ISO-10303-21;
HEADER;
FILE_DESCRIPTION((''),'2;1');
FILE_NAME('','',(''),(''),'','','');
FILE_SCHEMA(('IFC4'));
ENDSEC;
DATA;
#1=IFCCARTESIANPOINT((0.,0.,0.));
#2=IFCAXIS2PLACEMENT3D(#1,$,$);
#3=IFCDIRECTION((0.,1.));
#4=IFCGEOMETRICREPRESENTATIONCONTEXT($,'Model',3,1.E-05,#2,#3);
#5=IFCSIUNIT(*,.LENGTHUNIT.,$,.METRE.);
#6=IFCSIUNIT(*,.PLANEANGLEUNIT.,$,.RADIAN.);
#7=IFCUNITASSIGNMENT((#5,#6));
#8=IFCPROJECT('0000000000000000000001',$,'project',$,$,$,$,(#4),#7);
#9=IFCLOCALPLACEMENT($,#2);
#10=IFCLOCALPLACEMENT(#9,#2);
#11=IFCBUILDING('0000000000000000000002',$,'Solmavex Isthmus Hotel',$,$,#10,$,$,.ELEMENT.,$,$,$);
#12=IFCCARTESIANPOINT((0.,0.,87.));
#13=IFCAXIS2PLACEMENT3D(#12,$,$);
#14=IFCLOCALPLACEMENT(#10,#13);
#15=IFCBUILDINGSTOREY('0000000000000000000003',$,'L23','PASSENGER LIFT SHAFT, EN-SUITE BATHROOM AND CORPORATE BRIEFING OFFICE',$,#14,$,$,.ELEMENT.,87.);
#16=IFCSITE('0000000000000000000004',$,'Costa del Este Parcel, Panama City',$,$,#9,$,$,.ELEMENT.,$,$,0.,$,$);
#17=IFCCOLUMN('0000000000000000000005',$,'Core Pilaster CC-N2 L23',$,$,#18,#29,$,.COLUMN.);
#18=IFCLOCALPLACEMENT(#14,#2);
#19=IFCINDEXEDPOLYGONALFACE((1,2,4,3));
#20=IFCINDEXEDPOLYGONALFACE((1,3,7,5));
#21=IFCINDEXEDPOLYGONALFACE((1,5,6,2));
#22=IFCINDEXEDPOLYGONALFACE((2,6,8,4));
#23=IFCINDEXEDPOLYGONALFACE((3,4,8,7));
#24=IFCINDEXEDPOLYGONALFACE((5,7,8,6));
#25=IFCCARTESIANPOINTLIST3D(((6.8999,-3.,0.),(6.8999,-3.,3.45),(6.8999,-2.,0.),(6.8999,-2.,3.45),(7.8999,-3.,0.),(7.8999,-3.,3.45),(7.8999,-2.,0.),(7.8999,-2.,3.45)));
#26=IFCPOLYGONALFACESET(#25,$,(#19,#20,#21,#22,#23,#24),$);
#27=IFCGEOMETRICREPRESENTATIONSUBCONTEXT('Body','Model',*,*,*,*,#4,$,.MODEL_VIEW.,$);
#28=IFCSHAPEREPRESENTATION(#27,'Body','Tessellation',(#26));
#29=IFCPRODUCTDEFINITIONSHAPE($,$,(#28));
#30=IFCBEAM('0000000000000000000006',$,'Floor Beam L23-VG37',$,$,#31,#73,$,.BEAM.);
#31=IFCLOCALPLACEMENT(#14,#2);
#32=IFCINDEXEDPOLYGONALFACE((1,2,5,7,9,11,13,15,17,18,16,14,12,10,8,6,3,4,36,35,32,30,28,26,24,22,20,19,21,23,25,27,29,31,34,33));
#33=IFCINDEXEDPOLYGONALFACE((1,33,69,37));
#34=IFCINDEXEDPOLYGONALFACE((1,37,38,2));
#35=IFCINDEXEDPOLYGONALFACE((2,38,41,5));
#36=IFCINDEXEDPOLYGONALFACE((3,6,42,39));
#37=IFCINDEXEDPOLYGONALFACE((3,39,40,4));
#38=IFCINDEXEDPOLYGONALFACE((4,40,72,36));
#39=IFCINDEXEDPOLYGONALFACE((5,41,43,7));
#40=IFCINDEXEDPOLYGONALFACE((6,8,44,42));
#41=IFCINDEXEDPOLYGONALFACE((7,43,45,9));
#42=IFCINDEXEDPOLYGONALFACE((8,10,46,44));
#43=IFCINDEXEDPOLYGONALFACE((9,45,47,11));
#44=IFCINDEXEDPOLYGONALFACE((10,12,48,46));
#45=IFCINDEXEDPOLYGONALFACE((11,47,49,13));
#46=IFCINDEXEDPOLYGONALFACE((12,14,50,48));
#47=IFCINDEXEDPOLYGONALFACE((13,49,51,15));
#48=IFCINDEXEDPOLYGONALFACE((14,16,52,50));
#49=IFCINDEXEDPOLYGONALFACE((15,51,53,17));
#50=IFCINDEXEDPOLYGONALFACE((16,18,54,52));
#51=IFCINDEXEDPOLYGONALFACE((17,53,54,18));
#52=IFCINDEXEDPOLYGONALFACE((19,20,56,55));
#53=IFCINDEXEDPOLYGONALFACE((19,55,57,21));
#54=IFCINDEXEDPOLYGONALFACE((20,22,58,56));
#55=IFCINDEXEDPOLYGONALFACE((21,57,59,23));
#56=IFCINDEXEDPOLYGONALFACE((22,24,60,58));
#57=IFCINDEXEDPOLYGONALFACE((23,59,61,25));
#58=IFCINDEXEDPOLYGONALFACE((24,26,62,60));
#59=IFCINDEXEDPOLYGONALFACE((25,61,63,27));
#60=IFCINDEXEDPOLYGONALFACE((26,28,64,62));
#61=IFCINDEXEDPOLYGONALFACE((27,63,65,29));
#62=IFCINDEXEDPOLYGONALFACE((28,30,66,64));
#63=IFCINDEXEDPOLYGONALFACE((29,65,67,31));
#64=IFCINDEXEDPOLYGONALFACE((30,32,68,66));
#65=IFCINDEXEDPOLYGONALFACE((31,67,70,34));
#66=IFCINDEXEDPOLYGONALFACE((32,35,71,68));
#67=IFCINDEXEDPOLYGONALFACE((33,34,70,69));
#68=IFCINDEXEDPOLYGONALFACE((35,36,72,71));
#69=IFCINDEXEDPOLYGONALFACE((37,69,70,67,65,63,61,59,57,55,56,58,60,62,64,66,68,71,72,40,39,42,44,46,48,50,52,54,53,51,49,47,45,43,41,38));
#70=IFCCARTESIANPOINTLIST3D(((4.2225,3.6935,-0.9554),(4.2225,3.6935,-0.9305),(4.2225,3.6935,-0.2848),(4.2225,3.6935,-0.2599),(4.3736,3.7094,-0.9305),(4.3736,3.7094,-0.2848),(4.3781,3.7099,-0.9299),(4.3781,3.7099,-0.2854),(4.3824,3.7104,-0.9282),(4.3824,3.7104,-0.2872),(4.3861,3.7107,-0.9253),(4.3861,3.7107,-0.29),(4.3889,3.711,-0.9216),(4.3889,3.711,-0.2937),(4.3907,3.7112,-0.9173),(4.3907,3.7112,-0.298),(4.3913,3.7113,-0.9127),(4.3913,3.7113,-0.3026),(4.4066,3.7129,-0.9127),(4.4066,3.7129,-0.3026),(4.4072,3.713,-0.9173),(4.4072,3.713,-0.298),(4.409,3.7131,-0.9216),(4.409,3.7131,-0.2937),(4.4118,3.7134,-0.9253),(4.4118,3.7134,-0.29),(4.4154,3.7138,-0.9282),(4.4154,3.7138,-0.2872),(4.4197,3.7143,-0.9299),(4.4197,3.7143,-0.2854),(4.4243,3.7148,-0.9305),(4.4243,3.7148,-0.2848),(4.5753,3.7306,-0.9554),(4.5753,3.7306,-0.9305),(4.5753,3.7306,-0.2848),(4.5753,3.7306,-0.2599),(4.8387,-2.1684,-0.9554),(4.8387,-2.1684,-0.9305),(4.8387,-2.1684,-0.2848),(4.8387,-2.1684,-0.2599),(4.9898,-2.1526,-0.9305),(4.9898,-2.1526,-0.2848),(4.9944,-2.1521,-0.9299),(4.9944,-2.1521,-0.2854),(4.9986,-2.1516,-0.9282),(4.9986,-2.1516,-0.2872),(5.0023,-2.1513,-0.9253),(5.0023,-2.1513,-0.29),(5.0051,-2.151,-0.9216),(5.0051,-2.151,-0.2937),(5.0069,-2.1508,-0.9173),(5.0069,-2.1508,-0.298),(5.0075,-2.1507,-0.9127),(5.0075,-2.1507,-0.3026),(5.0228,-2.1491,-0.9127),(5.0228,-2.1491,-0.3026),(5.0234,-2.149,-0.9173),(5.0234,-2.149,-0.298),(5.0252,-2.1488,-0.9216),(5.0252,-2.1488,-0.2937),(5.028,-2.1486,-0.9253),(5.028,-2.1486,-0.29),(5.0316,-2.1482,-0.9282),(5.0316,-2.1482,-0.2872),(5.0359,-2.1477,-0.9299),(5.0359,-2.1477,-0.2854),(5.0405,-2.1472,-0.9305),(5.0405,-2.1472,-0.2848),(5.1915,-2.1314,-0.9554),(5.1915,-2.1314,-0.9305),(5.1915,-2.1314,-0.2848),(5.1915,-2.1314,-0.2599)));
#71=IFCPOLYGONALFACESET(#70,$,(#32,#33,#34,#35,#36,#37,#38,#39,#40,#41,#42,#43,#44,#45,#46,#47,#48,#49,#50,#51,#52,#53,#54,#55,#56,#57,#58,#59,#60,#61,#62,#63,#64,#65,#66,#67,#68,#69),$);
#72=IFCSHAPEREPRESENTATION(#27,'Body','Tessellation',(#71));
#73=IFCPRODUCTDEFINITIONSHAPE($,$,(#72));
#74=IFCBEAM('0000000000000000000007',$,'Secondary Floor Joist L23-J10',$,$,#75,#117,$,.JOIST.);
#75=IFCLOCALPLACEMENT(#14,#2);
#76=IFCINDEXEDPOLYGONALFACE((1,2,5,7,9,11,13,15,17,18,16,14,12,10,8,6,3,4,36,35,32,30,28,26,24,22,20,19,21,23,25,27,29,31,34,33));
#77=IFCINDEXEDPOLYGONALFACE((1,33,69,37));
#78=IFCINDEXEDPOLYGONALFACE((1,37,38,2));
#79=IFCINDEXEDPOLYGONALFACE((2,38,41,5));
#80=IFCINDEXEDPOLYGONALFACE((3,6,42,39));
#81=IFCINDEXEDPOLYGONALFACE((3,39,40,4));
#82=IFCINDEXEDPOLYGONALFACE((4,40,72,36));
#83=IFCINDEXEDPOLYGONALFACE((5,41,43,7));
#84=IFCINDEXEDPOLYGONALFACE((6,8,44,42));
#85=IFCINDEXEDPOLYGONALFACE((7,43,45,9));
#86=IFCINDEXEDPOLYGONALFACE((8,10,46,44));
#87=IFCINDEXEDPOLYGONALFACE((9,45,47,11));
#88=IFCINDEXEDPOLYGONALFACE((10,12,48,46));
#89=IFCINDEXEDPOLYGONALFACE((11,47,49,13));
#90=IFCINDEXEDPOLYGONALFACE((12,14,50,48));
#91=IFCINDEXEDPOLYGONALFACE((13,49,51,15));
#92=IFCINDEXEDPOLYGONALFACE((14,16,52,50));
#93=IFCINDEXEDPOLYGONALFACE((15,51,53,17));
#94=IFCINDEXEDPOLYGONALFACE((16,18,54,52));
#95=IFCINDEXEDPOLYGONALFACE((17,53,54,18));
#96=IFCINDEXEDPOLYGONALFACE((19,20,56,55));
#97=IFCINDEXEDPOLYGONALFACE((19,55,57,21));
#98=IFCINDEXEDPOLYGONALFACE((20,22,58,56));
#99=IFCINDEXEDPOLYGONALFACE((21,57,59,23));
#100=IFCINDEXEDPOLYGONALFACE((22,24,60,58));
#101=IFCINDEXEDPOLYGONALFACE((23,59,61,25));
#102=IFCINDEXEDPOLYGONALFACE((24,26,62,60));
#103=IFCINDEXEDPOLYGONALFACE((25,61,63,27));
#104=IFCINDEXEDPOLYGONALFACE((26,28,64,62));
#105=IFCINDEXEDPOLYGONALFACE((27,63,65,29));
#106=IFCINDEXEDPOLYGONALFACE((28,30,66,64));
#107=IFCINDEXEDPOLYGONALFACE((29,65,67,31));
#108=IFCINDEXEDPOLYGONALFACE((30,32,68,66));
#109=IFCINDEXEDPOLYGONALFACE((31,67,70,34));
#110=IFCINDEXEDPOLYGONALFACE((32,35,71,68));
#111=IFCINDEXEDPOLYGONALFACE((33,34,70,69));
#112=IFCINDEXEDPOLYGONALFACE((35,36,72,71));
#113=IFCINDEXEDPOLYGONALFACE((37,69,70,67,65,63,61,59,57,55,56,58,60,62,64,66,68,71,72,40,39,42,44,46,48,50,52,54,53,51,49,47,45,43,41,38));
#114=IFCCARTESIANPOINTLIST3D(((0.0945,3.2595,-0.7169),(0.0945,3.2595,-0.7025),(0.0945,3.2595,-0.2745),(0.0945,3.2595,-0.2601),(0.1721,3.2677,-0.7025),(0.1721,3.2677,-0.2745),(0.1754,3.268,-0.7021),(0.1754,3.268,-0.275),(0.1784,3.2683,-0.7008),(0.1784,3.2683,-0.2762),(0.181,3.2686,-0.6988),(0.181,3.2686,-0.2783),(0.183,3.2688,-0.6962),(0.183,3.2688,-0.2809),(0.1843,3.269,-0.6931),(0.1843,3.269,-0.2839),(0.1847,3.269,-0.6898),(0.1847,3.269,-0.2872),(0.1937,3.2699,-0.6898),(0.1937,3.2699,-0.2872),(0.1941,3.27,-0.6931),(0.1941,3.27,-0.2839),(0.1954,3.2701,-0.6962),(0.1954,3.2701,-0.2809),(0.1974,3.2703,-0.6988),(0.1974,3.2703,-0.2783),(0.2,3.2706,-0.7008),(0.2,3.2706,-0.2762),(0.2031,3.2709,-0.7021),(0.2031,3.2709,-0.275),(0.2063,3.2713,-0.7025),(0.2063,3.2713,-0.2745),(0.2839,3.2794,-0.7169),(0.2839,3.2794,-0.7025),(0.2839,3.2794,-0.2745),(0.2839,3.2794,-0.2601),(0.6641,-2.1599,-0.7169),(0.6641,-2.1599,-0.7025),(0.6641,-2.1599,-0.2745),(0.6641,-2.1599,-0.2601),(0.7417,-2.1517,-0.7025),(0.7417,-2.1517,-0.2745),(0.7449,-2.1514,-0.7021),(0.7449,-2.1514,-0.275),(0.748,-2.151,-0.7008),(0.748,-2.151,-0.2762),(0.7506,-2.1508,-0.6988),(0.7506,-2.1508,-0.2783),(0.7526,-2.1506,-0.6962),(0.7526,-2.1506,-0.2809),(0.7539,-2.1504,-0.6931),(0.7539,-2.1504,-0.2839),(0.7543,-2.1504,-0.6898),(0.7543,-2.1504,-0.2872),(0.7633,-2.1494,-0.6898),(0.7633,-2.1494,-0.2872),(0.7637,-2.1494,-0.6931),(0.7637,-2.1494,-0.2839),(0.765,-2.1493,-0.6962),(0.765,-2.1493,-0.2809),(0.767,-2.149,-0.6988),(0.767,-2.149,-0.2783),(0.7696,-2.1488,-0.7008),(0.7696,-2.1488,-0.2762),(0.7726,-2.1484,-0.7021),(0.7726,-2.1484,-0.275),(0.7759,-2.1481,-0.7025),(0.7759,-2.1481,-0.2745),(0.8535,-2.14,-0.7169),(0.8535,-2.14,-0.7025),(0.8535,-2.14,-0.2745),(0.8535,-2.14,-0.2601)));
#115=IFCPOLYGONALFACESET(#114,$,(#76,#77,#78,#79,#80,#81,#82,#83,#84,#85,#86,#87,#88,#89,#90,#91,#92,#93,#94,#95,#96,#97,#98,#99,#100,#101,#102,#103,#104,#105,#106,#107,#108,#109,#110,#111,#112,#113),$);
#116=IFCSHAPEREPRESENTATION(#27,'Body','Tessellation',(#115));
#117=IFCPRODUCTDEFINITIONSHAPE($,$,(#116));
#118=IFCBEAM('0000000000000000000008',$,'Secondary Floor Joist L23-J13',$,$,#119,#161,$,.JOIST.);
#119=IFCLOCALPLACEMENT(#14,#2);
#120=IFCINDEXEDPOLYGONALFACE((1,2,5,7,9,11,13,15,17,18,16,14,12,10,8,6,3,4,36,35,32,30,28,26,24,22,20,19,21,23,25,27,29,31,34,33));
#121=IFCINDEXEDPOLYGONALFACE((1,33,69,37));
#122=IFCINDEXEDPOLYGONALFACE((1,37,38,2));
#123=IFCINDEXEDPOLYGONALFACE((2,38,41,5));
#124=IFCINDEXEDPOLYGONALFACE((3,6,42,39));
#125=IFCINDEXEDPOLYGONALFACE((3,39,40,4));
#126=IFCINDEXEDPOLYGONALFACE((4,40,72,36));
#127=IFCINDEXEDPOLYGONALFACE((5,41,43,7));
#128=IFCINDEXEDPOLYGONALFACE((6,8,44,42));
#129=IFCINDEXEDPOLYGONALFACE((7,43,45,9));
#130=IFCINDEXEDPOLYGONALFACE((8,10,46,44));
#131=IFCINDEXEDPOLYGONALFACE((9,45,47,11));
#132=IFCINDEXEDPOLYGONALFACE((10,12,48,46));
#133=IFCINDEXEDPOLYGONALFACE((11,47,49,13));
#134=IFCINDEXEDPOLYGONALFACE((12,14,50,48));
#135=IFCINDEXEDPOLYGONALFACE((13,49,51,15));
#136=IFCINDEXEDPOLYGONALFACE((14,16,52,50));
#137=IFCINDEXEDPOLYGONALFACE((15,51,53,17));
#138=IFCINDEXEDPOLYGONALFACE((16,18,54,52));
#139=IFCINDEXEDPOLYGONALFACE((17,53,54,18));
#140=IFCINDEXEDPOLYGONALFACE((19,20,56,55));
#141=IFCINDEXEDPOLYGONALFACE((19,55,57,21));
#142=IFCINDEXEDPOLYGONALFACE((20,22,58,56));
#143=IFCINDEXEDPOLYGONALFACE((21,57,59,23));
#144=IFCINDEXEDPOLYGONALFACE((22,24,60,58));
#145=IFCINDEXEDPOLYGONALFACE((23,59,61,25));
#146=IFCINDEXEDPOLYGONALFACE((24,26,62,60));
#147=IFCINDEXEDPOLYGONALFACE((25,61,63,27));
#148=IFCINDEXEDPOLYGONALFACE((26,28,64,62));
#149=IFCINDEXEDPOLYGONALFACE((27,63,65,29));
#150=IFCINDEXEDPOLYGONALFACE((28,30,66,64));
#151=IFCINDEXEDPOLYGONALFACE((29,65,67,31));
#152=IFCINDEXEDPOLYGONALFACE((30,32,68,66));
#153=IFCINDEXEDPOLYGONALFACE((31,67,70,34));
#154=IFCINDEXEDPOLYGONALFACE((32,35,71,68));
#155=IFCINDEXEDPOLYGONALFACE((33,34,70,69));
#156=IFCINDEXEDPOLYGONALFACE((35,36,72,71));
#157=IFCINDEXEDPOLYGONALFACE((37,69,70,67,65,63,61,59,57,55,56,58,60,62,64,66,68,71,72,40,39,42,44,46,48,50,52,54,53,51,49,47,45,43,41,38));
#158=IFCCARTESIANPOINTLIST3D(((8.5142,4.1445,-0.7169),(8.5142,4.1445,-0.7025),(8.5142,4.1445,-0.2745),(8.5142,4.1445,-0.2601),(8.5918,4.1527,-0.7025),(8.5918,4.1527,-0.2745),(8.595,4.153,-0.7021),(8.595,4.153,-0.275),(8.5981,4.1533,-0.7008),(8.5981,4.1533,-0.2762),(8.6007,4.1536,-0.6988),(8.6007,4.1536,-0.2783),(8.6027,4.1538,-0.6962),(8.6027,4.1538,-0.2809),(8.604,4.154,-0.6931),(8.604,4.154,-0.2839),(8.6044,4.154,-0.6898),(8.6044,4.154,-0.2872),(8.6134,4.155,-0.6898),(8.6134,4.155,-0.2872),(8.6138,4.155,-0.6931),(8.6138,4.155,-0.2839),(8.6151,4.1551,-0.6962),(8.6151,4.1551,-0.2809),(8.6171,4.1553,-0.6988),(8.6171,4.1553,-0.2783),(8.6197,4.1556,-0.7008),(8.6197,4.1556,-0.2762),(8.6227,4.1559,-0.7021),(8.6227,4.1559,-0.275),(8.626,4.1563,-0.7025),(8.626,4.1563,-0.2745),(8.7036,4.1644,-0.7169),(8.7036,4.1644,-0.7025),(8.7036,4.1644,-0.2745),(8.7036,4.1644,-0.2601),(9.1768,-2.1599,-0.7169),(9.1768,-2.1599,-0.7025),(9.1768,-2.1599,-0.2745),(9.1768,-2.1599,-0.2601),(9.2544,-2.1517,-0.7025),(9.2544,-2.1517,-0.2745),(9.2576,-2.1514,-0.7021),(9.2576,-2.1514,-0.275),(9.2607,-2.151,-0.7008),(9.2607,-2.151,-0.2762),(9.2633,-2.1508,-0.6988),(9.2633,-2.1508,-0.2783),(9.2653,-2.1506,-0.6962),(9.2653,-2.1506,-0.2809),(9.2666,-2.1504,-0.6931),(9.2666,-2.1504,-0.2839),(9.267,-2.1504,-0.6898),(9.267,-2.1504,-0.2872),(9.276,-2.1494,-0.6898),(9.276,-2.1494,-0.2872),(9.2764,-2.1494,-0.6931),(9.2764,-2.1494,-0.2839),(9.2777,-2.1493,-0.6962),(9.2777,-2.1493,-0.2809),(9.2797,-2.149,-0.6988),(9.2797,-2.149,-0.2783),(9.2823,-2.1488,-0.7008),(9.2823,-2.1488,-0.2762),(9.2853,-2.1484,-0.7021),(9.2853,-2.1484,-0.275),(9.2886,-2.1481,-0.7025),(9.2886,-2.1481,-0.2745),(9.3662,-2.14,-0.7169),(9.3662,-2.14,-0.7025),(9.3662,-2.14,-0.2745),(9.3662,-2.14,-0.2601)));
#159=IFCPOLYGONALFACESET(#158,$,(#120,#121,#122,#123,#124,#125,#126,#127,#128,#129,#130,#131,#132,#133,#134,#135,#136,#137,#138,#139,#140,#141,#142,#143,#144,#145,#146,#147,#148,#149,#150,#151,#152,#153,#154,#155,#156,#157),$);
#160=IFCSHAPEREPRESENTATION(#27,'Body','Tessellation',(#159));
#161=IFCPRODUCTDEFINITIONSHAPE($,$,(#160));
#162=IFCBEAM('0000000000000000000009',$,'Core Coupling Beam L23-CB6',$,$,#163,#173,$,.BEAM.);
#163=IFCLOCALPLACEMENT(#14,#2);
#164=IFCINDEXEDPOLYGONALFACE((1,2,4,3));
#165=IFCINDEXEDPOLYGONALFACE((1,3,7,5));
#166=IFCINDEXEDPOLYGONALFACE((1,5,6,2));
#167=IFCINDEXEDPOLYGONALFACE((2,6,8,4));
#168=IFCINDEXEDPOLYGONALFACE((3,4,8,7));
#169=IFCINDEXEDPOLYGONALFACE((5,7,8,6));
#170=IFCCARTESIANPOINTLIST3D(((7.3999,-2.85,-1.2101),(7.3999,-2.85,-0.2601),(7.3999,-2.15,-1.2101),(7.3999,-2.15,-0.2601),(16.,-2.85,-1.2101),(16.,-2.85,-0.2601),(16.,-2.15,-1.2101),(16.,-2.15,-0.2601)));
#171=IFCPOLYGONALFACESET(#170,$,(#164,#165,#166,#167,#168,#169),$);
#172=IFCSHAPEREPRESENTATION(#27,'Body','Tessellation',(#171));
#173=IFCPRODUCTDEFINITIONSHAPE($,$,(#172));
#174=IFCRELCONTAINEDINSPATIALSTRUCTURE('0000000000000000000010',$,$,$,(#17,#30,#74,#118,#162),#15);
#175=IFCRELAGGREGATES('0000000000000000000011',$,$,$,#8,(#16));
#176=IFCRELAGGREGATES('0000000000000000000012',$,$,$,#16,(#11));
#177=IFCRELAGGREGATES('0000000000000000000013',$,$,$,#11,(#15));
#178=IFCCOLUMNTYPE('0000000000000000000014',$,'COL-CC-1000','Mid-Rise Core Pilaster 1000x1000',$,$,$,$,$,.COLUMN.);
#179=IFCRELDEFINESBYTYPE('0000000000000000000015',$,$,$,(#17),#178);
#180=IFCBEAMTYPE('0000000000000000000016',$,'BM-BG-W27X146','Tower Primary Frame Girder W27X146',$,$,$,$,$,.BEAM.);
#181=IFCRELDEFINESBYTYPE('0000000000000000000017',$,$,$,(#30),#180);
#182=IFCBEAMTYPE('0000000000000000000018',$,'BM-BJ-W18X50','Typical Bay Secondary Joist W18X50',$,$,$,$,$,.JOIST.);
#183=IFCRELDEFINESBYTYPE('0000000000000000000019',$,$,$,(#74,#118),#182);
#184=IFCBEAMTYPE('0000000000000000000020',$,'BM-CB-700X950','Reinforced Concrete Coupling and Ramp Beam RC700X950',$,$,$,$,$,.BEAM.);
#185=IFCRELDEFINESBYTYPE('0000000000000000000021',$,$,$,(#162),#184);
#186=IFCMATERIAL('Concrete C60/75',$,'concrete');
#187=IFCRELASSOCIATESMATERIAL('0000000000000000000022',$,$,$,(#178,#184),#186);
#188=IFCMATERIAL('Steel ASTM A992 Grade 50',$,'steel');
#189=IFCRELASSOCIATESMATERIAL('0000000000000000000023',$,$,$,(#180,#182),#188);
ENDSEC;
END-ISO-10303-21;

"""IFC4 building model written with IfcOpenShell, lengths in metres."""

from ifc_helpers import new_model, si_unit, direction, frame, origin, origin_2d, place, context, subcontext, project, spatial, rectangle, i_section, extrude, material, material_profile, profile_set, type_object, element, save


model = new_model("IFC4")

# Units and contexts
model_context = context("Model", 3, precision=1e-05, world=origin(), true_north=direction((0.0, 1.0)))
body_context = subcontext(model_context, "Body", "Model", "MODEL_VIEW")
ifc_project = project(units=[si_unit("LENGTHUNIT", "METRE"), si_unit("PLANEANGLEUNIT", "RADIAN")], contexts=[model_context])

# Site, building, storey
site_placement = place(None, origin())
site = spatial("IfcSite", under=ifc_project, at=site_placement, Name="Costa del Este Parcel, Panama City", CompositionType="ELEMENT", RefElevation=0.0)
building_placement = place(site_placement, origin())
building = spatial("IfcBuilding", under=site, at=building_placement, Name="Solmavex Isthmus Hotel", CompositionType="ELEMENT")
storey_placement = place(building_placement, frame((0.0, 0.0, 87.0)))
storey = spatial("IfcBuildingStorey", under=building, at=storey_placement, Name="L23", Description="PASSENGER LIFT SHAFT, EN-SUITE BATHROOM AND CORPORATE BRIEFING OFFICE", CompositionType="ELEMENT", Elevation=87.0)

# Column
ifc_material_1 = material(Name="Concrete C60/75", Category="concrete")
ifc_material_profile_1 = material_profile(ifc_material_1, rectangle(XDim=1.0, YDim=1.0, at=origin_2d()), Name="RC1000X1000")
ifc_profile_set_1 = profile_set([ifc_material_profile_1], Name="Concrete C60/75")
column_type = type_object("IfcColumnType", Name="COL-CC-1000", Description="Mid-Rise Core Pilaster 1000x1000", PredefinedType="COLUMN", material=ifc_profile_set_1)
column_placement = place(storey_placement, frame((7.3999, -2.5, 0.0), z_axis=(0.0, 0.0, 1.0), x_axis=(1.0, 0.0, 0.0)))
element("IfcColumn", 1, at=column_placement, inside=storey, type_object=column_type, Name="Core Pilaster CC-N2 L23", PredefinedType="COLUMN", context=body_context, shape_type="SweptSolid", body=[
    extrude(rectangle(XDim=1.0, YDim=1.0, at=origin_2d()), origin(), (0.0, 0.0, 1.0), 3.45),
])

# Beams
ifc_material_2 = material(Name="Steel ASTM A992 Grade 50", Category="steel")
ifc_material_profile_2 = material_profile(ifc_material_2, i_section(OverallWidth=0.3547, OverallDepth=0.6956, WebThickness=0.0154, FlangeThickness=0.0249, FilletRadius=0.0178, at=origin_2d()), Name="W27X146")
ifc_profile_set_2 = profile_set([ifc_material_profile_2], Name="Steel ASTM A992 Grade 50")
beam_type_1 = type_object("IfcBeamType", Name="BM-BG-W27X146", Description="Tower Primary Frame Girder W27X146", PredefinedType="BEAM", material=ifc_profile_set_2)
beam_1_placement = place(storey_placement, frame((5.0151, -2.1499, -0.6077), z_axis=(-0.104542, 0.99452, 0.0), x_axis=(-0.99452, -0.104542, 0.0)))
element("IfcBeam", 2, at=beam_1_placement, inside=storey, type_object=beam_type_1, Name="Floor Beam L23-VG37", PredefinedType="BEAM", context=body_context, shape_type="SweptSolid", body=[
    extrude(i_section(OverallWidth=0.3547, OverallDepth=0.6956, WebThickness=0.0154, FlangeThickness=0.0249, FilletRadius=0.0178, at=origin_2d()), origin(), (0.0, 0.0, 1.0), 5.8943),
])
ifc_material_profile_3 = material_profile(ifc_material_2, i_section(OverallWidth=0.1904, OverallDepth=0.4568, WebThickness=0.009, FlangeThickness=0.0144, FilletRadius=0.0127, at=origin_2d()), Name="W18X50")
ifc_profile_set_3 = profile_set([ifc_material_profile_3], Name="Steel ASTM A992 Grade 50")
beam_type_2 = type_object("IfcBeamType", Name="BM-BJ-W18X50", Description="Typical Bay Secondary Joist W18X50", PredefinedType="JOIST", material=ifc_profile_set_3)
beam_2_placement = place(storey_placement, frame((0.7588, -2.1499, -0.4885), z_axis=(-0.104524, 0.994522, 0.0), x_axis=(-0.994522, -0.104524, 0.0)))
element("IfcBeam", 3, at=beam_2_placement, inside=storey, type_object=beam_type_2, Name="Secondary Floor Joist L23-J10", PredefinedType="JOIST", context=body_context, shape_type="SweptSolid", body=[
    extrude(i_section(OverallWidth=0.1904, OverallDepth=0.4568, WebThickness=0.009, FlangeThickness=0.0144, FilletRadius=0.0127, at=origin_2d()), origin(), (0.0, 0.0, 1.0), 5.4492),
])
beam_3_placement = place(storey_placement, frame((9.2715, -2.1499, -0.4885), z_axis=(-0.104524, 0.994522, 0.0), x_axis=(-0.994522, -0.104524, 0.0)))
element("IfcBeam", 4, at=beam_3_placement, inside=storey, type_object=beam_type_2, Name="Secondary Floor Joist L23-J13", PredefinedType="JOIST", context=body_context, shape_type="SweptSolid", body=[
    extrude(i_section(OverallWidth=0.1904, OverallDepth=0.4568, WebThickness=0.009, FlangeThickness=0.0144, FilletRadius=0.0127, at=origin_2d()), origin(), (0.0, 0.0, 1.0), 6.3391),
])
ifc_material_profile_4 = material_profile(ifc_material_1, rectangle(XDim=0.7, YDim=0.95, at=origin_2d()), Name="RC700X950")
ifc_profile_set_4 = profile_set([ifc_material_profile_4], Name="Concrete C60/75")
beam_type_3 = type_object("IfcBeamType", Name="BM-CB-700X950", Description="Reinforced Concrete Coupling and Ramp Beam RC700X950", PredefinedType="BEAM", material=ifc_profile_set_4)
beam_4_placement = place(storey_placement, frame((7.3999, -2.5, -0.7351), z_axis=(1.0, 0.0, 0.0), x_axis=(0.0, 1.0, 0.0)))
element("IfcBeam", 5, at=beam_4_placement, inside=storey, type_object=beam_type_3, Name="Core Coupling Beam L23-CB6", PredefinedType="BEAM", context=body_context, shape_type="SweptSolid", body=[
    extrude(rectangle(XDim=0.7, YDim=0.95, at=origin_2d()), origin(), (0.0, 0.0, 1.0), 8.6001),
])

save(model, "model.ifc")
